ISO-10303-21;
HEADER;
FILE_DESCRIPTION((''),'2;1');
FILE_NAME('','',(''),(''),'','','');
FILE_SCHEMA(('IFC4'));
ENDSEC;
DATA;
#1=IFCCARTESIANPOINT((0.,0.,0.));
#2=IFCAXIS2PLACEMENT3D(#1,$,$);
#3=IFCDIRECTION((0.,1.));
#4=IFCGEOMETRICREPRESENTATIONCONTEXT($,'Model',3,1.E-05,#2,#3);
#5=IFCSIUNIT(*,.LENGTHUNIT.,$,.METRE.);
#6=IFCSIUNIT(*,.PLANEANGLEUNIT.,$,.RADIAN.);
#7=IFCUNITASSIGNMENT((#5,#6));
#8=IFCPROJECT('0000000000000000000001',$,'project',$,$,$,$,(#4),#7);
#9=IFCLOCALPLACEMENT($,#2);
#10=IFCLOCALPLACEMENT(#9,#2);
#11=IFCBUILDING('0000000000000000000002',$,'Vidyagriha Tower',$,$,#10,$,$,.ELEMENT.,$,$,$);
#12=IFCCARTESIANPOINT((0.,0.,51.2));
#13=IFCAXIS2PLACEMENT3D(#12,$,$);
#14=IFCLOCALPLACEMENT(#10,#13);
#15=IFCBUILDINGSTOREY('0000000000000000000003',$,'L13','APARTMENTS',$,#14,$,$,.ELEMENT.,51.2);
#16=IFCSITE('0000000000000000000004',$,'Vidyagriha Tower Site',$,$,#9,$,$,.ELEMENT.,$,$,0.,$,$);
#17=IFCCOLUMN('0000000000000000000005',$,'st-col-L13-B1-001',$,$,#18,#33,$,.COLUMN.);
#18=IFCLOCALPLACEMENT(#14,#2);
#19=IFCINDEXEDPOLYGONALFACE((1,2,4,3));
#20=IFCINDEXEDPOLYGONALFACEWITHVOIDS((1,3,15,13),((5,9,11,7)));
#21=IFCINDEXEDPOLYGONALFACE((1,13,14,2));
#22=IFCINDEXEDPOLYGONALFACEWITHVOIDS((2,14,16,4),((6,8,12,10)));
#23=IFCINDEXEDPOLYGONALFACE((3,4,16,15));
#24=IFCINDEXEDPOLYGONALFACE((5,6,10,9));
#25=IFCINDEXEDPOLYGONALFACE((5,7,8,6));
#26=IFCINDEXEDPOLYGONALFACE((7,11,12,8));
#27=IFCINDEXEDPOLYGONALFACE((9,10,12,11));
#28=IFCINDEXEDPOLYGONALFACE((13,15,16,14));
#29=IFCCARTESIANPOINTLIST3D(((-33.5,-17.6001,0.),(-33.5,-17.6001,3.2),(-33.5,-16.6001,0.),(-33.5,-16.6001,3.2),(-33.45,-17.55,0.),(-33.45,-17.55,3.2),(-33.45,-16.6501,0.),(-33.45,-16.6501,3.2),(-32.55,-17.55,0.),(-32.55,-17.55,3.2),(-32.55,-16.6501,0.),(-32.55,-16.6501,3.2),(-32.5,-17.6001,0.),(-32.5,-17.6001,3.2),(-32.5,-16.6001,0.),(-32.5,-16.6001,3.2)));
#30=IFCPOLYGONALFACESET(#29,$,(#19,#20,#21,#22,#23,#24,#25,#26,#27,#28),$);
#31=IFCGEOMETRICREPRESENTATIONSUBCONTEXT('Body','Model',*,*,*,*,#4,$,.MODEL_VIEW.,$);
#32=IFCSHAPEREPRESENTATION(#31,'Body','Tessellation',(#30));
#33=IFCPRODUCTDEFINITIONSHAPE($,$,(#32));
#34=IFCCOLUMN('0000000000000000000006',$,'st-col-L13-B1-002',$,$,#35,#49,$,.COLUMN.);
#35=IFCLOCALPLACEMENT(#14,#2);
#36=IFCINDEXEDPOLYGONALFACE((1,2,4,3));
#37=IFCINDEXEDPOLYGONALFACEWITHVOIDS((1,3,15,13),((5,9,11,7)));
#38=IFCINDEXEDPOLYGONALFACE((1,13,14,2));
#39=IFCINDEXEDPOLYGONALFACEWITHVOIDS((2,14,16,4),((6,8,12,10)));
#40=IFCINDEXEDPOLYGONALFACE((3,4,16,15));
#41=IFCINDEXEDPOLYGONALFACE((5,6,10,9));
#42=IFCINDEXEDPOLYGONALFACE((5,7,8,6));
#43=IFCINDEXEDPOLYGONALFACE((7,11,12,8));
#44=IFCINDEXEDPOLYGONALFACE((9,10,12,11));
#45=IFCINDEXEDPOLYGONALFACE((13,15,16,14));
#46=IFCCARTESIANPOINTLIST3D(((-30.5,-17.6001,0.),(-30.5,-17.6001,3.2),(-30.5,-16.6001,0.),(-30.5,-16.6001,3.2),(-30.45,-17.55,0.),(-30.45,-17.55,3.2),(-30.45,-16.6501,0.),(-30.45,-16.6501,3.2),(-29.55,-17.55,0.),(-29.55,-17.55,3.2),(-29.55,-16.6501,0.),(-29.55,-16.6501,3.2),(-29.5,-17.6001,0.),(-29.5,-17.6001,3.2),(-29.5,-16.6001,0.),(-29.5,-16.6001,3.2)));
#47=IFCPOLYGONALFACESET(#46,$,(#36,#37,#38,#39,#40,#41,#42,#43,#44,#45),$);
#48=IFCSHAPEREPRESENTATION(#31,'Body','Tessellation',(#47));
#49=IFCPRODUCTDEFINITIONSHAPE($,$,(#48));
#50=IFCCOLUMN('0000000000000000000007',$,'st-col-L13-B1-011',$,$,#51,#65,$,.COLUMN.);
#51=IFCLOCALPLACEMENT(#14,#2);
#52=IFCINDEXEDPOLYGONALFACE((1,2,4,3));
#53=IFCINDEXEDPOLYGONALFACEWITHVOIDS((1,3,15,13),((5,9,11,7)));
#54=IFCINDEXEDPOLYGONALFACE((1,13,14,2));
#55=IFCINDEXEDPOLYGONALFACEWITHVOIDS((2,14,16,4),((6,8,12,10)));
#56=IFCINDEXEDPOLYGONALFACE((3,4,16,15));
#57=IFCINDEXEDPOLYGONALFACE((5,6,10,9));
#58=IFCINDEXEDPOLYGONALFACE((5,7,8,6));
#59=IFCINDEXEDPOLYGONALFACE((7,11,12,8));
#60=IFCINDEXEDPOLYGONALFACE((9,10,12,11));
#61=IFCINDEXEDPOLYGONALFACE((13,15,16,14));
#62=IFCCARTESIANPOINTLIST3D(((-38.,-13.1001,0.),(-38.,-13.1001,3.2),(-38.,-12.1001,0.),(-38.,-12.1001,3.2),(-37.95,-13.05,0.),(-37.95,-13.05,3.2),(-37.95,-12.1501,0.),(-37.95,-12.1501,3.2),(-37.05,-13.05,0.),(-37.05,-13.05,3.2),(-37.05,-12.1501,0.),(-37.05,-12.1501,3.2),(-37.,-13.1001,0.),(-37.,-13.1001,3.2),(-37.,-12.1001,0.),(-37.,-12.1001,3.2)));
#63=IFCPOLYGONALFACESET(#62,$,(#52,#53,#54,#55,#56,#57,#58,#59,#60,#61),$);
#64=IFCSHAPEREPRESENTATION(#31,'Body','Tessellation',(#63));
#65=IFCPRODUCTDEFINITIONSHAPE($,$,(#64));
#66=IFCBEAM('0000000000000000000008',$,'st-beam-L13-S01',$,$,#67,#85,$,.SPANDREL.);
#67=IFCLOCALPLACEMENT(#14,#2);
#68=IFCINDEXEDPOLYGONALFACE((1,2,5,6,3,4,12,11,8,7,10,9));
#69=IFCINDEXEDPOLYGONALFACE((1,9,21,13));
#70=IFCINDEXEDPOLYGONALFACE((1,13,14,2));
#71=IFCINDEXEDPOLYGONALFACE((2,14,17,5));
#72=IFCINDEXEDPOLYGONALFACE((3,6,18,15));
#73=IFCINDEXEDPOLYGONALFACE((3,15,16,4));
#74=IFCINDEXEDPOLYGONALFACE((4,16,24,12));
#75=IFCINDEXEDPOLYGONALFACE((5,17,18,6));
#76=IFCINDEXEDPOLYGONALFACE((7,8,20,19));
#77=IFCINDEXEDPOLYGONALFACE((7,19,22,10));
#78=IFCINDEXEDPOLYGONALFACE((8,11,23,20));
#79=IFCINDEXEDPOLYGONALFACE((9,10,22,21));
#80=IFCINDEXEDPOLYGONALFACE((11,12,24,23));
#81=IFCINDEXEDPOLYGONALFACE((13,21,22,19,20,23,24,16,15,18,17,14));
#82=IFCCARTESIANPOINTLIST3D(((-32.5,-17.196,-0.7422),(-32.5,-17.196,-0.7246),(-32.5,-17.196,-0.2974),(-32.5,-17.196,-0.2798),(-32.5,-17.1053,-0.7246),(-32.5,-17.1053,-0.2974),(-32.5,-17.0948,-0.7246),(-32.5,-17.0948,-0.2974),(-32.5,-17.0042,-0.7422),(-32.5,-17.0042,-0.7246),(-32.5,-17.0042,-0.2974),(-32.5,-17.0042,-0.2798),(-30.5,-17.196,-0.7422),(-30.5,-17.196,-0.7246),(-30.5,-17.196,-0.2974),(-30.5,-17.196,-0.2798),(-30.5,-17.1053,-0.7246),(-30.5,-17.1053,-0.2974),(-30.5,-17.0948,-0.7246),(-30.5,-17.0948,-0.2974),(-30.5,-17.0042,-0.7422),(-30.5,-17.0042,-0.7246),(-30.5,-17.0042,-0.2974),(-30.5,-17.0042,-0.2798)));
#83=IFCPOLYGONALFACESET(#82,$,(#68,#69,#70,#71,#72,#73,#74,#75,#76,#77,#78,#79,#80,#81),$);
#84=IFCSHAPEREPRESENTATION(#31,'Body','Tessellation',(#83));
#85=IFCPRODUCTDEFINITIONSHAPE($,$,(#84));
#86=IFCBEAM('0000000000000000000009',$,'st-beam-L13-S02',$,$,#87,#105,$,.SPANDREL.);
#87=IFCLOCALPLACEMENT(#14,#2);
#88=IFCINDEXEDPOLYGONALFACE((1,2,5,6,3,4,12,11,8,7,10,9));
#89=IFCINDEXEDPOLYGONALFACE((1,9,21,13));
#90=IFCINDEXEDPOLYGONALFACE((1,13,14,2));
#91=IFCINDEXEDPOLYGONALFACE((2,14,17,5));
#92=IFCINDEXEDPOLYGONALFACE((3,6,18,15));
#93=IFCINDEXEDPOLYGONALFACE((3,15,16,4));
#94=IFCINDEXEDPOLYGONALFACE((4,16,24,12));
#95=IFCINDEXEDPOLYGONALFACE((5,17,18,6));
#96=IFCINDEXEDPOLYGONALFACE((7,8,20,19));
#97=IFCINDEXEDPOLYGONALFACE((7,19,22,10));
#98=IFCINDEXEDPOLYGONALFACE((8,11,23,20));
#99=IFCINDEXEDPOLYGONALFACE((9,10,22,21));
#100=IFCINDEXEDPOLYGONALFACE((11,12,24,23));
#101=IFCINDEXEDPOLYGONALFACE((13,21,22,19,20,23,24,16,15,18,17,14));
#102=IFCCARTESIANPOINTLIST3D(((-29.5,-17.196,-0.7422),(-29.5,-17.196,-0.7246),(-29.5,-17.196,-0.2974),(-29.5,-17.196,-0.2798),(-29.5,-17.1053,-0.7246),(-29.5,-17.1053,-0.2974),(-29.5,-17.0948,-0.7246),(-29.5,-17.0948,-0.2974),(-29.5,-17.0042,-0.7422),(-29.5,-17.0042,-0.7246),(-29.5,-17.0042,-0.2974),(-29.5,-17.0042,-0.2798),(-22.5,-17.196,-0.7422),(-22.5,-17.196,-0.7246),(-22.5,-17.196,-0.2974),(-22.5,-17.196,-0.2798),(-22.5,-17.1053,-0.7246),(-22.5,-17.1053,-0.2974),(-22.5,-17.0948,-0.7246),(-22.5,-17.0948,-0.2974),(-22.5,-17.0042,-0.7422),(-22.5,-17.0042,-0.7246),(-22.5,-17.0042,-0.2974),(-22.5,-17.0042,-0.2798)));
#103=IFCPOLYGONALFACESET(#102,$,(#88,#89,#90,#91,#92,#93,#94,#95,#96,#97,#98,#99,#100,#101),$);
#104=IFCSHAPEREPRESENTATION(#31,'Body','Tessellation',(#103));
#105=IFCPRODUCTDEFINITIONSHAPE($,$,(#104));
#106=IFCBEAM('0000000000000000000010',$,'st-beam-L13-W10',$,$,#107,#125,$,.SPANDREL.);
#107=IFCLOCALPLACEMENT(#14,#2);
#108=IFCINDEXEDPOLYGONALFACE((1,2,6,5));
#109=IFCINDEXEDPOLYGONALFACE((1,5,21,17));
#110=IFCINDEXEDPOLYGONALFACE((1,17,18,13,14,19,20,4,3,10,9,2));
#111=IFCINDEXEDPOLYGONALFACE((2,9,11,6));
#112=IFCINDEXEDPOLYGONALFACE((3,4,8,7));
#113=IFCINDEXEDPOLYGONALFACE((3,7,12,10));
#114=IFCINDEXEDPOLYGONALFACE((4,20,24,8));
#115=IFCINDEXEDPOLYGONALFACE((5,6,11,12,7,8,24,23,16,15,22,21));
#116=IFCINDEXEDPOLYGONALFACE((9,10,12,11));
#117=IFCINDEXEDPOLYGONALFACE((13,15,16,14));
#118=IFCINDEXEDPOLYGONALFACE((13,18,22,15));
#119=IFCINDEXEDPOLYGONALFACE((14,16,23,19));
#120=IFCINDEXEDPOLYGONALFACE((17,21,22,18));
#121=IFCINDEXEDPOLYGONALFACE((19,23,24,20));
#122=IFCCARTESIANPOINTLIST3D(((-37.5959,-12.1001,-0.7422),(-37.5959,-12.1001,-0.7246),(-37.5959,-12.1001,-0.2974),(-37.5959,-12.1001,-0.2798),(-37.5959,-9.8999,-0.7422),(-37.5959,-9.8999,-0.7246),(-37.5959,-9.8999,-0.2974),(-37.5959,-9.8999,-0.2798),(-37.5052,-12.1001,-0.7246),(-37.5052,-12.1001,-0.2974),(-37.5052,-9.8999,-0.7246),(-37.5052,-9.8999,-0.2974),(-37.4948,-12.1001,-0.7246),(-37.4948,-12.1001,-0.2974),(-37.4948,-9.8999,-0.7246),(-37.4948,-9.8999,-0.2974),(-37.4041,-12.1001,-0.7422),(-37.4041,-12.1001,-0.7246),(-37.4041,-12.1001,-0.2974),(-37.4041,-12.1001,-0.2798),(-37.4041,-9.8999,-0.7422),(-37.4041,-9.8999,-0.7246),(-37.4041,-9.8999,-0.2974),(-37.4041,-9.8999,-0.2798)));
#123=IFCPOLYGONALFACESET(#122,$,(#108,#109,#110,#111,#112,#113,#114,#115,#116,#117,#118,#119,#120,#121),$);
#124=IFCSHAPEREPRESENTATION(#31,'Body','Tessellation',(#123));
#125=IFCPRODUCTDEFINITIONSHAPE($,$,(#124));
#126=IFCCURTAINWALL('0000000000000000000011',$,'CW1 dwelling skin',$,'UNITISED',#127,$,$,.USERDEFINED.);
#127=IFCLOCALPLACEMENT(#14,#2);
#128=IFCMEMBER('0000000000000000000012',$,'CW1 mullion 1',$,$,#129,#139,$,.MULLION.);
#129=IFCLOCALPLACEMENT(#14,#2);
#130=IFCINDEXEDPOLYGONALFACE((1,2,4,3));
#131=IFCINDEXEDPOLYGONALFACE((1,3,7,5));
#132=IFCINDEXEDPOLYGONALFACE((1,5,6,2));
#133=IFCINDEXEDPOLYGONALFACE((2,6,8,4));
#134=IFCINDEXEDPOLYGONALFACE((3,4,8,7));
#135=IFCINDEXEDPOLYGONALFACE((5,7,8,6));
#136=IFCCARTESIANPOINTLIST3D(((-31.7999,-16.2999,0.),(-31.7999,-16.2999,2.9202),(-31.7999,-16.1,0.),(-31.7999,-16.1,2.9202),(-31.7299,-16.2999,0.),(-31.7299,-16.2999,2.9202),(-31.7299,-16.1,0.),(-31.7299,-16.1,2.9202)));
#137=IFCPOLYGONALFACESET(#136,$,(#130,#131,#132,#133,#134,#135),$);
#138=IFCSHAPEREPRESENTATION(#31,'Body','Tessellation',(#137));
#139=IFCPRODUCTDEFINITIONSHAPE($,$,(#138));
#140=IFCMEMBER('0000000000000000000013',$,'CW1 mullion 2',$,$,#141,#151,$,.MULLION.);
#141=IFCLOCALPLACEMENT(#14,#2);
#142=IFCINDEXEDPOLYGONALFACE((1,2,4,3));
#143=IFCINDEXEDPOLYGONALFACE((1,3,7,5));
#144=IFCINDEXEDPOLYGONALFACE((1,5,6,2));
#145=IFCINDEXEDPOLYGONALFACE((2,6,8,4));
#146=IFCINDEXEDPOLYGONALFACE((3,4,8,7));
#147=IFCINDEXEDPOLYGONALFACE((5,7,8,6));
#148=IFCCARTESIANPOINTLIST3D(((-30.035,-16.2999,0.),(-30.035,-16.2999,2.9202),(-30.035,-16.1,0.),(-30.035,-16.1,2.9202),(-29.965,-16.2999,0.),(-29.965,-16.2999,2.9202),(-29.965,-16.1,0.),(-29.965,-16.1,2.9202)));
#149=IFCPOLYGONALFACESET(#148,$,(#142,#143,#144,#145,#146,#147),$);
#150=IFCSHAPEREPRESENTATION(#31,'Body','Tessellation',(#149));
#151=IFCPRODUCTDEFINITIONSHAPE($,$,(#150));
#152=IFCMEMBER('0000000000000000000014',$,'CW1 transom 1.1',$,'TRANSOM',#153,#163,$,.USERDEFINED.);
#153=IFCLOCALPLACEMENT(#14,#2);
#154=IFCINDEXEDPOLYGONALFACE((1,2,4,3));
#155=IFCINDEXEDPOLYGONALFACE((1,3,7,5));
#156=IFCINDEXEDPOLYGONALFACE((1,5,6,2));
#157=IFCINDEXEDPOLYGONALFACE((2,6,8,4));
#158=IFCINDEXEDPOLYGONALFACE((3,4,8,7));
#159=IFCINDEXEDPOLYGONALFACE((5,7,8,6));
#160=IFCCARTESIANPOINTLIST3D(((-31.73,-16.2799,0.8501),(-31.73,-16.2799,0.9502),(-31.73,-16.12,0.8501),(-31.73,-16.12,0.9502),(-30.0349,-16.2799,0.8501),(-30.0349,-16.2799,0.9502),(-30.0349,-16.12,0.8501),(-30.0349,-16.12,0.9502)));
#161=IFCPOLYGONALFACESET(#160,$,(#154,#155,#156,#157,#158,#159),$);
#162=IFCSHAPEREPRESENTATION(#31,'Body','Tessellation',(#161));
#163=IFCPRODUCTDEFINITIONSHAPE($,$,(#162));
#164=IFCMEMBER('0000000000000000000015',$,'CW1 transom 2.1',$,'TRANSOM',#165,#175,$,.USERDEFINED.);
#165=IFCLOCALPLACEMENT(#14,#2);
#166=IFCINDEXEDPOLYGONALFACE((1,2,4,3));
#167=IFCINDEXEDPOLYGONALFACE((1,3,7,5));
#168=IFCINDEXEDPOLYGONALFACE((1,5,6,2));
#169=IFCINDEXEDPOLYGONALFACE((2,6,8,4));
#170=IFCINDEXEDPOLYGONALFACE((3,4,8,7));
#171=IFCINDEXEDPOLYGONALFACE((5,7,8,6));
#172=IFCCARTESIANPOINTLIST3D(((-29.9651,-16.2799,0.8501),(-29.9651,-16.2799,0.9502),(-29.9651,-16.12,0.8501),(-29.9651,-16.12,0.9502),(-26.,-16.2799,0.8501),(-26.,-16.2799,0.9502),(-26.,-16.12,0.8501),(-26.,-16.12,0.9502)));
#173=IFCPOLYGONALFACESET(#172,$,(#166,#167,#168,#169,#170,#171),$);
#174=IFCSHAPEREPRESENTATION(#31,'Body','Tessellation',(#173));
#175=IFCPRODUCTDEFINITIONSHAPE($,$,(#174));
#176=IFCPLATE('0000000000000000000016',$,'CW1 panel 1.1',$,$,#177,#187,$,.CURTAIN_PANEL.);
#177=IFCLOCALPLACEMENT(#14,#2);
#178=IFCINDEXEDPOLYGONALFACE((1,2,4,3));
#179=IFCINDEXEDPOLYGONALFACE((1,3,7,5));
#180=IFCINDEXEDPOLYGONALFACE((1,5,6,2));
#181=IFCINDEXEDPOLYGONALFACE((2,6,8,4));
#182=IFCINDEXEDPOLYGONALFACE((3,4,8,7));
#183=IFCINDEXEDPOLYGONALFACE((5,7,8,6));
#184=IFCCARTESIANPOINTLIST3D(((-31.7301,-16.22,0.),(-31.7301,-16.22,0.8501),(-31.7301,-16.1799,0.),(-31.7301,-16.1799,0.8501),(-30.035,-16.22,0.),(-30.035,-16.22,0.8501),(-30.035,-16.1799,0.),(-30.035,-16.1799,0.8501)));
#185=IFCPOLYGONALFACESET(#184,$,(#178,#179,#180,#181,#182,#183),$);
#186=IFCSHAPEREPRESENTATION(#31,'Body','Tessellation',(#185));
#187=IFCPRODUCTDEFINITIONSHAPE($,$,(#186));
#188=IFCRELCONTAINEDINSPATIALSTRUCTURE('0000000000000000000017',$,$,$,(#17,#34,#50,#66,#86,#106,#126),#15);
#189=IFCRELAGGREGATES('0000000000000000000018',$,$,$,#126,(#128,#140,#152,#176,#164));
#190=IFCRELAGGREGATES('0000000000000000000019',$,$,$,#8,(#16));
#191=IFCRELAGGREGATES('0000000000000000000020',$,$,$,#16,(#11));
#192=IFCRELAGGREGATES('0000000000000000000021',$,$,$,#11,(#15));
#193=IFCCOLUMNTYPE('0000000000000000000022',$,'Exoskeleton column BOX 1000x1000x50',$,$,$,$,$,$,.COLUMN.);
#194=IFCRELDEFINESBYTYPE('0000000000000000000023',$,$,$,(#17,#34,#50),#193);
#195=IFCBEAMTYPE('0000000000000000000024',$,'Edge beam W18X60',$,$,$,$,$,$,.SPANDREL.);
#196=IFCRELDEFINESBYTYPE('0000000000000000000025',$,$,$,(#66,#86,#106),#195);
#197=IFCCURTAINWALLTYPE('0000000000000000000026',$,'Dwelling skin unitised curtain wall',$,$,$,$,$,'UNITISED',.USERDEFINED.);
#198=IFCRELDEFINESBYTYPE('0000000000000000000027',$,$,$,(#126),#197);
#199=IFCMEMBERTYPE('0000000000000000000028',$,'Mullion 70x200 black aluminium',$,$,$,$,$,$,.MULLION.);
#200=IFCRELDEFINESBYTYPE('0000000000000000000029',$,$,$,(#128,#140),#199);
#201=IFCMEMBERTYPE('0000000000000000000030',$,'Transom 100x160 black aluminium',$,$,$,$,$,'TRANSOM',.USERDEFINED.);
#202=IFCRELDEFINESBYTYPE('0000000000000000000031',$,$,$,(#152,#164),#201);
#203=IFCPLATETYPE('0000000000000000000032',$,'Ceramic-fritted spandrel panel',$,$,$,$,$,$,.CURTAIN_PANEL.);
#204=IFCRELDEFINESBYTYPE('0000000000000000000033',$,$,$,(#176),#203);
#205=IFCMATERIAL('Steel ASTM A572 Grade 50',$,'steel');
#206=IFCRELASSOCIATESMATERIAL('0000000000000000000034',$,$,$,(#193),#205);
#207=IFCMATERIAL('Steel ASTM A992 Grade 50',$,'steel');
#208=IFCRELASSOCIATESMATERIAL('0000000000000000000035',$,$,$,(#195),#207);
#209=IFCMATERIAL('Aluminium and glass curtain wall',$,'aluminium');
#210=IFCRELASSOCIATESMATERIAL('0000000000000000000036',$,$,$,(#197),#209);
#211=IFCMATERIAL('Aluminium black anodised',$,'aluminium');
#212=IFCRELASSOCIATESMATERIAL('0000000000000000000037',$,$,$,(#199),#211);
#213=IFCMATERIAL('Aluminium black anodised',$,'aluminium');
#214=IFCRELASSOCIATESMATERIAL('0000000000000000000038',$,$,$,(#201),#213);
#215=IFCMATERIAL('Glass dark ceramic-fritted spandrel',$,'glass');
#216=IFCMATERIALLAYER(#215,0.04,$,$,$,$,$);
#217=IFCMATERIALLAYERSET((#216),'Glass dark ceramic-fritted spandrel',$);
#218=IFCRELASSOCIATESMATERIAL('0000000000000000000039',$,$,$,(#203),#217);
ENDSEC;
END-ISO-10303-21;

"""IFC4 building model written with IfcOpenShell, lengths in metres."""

from ifc_helpers import new_model, si_unit, direction, frame, origin, origin_2d, place, context, subcontext, project, spatial, rectangle, hollow_rectangle, i_section, extrude, material, layer, layer_set, material_profile, profile_set, type_object, element, aggregate, save


model = new_model("IFC4")

# Units and contexts
model_context = context("Model", 3, precision=1e-05, world=origin(), true_north=direction((0.0, 1.0)))
body_context = subcontext(model_context, "Body", "Model", "MODEL_VIEW")
ifc_project = project(units=[si_unit("LENGTHUNIT", "METRE"), si_unit("PLANEANGLEUNIT", "RADIAN")], contexts=[model_context])

# Site, building, storey
site_placement = place(None, origin())
site = spatial("IfcSite", under=ifc_project, at=site_placement, Name="Vidyagriha Tower Site", CompositionType="ELEMENT", RefElevation=0.0)
building_placement = place(site_placement, origin())
building = spatial("IfcBuilding", under=site, at=building_placement, Name="Vidyagriha Tower", CompositionType="ELEMENT")
storey_placement = place(building_placement, frame((0.0, 0.0, 51.2)))
storey = spatial("IfcBuildingStorey", under=building, at=storey_placement, Name="L13", Description="APARTMENTS", CompositionType="ELEMENT", Elevation=51.2)

# Columns
ifc_material_1 = material(Name="Steel ASTM A572 Grade 50", Category="steel")
ifc_material_profile_1 = material_profile(ifc_material_1, hollow_rectangle(XDim=1.0, YDim=1.0, WallThickness=0.05, at=origin_2d()), Name="BOX 1000x1000x50")
ifc_profile_set_1 = profile_set([ifc_material_profile_1], Name="Steel ASTM A572 Grade 50")
column_type = type_object("IfcColumnType", Name="Exoskeleton column BOX 1000x1000x50", PredefinedType="COLUMN", material=ifc_profile_set_1)
for number, where, name in (
    (1, (-33.0, -17.1001, 0.0), "st-col-L13-B1-001"),
    (2, (-30.0, -17.1001, 0.0), "st-col-L13-B1-002"),
    (3, (-37.5, -12.6001, 0.0), "st-col-L13-B1-011"),
):
    element("IfcColumn", number, at=place(storey_placement, frame(where)), inside=storey, type_object=column_type, Name=name, PredefinedType="COLUMN", context=body_context, shape_type="SweptSolid", body=[
        extrude(hollow_rectangle(XDim=1.0, YDim=1.0, WallThickness=0.05, at=origin_2d()), origin(), (0.0, 0.0, 1.0), 3.2),
    ])

# Beams
ifc_material_2 = material(Name="Steel ASTM A992 Grade 50", Category="steel")
ifc_material_profile_2 = material_profile(ifc_material_2, i_section(OverallWidth=0.1919, OverallDepth=0.4624, WebThickness=0.0105, FlangeThickness=0.0176, at=origin_2d()), Name="W18X60")
ifc_profile_set_2 = profile_set([ifc_material_profile_2], Name="Steel ASTM A992 Grade 50")
beam_type = type_object("IfcBeamType", Name="Edge beam W18X60", PredefinedType="SPANDREL", material=ifc_profile_set_2)
beam_1_placement = place(storey_placement, frame((-32.5, -17.1001, -0.511), z_axis=(1.0, 0.0, 0.0), x_axis=(0.0, 1.0, 0.0)))
element("IfcBeam", 4, at=beam_1_placement, inside=storey, type_object=beam_type, Name="st-beam-L13-S01", PredefinedType="SPANDREL", context=body_context, shape_type="SweptSolid", body=[
    extrude(i_section(OverallWidth=0.1919, OverallDepth=0.4624, WebThickness=0.0105, FlangeThickness=0.0176, at=origin_2d()), origin(), (0.0, 0.0, 1.0), 2.0),
])
beam_2_placement = place(storey_placement, frame((-29.5, -17.1001, -0.511), z_axis=(1.0, 0.0, 0.0), x_axis=(0.0, 1.0, 0.0)))
element("IfcBeam", 5, at=beam_2_placement, inside=storey, type_object=beam_type, Name="st-beam-L13-S02", PredefinedType="SPANDREL", context=body_context, shape_type="SweptSolid", body=[
    extrude(i_section(OverallWidth=0.1919, OverallDepth=0.4624, WebThickness=0.0105, FlangeThickness=0.0176, at=origin_2d()), origin(), (0.0, 0.0, 1.0), 7.0),
])
beam_3_placement = place(storey_placement, frame((-37.5, -12.1001, -0.511), z_axis=(0.0, 1.0, 0.0), x_axis=(-1.0, 0.0, 0.0)))
element("IfcBeam", 6, at=beam_3_placement, inside=storey, type_object=beam_type, Name="st-beam-L13-W10", PredefinedType="SPANDREL", context=body_context, shape_type="SweptSolid", body=[
    extrude(i_section(OverallWidth=0.1919, OverallDepth=0.4624, WebThickness=0.0105, FlangeThickness=0.0176, at=origin_2d()), origin(), (0.0, 0.0, 1.0), 2.2002),
])

# Curtain wall, members, plate
ifc_material_3 = material(Name="Aluminium and glass curtain wall", Category="aluminium")
curtain_wall_type = type_object("IfcCurtainWallType", Name="Dwelling skin unitised curtain wall", ElementType="UNITISED", PredefinedType="USERDEFINED", material=ifc_material_3)
curtain_wall_placement = place(storey_placement, origin())
curtain_wall = element("IfcCurtainWall", 7, at=curtain_wall_placement, inside=storey, type_object=curtain_wall_type, Name="CW1 dwelling skin", ObjectType="UNITISED", PredefinedType="USERDEFINED")
ifc_material_4 = material(Name="Aluminium black anodised", Category="aluminium")
ifc_material_profile_3 = material_profile(ifc_material_4, rectangle(XDim=0.2, YDim=0.0701, at=origin_2d()), Name="Mullion 70x200 black aluminium")
ifc_profile_set_3 = profile_set([ifc_material_profile_3], Name="Aluminium black anodised")
member_type_1 = type_object("IfcMemberType", Name="Mullion 70x200 black aluminium", PredefinedType="MULLION", material=ifc_profile_set_3)
member_1_placement = place(storey_placement, frame((-31.7649, -16.2, 0.0), z_axis=(0.0, 0.0, 1.0), x_axis=(0.0, 1.0, 0.0)))
member_1 = element("IfcMember", 8, at=member_1_placement, type_object=member_type_1, Name="CW1 mullion 1", PredefinedType="MULLION", context=body_context, shape_type="SweptSolid", body=[
    extrude(rectangle(XDim=0.2, YDim=0.0701, at=origin_2d()), origin(), (0.0, 0.0, 1.0), 2.9202),
])
member_2_placement = place(storey_placement, frame((-30.0, -16.2, 0.0), z_axis=(0.0, 0.0, 1.0), x_axis=(0.0, 1.0, 0.0)))
member_2 = element("IfcMember", 9, at=member_2_placement, type_object=member_type_1, Name="CW1 mullion 2", PredefinedType="MULLION", context=body_context, shape_type="SweptSolid", body=[
    extrude(rectangle(XDim=0.2, YDim=0.0701, at=origin_2d()), origin(), (0.0, 0.0, 1.0), 2.9202),
])
ifc_material_5 = material(Name="Aluminium black anodised", Category="aluminium")
ifc_material_profile_4 = material_profile(ifc_material_5, rectangle(XDim=0.1599, YDim=0.1001, at=origin_2d()), Name="Transom 100x160 black aluminium")
ifc_profile_set_4 = profile_set([ifc_material_profile_4], Name="Aluminium black anodised")
member_type_2 = type_object("IfcMemberType", Name="Transom 100x160 black aluminium", ElementType="TRANSOM", PredefinedType="USERDEFINED", material=ifc_profile_set_4)
member_3_placement = place(storey_placement, frame((-31.73, -16.2, 0.9001), z_axis=(1.0, 0.0, 0.0), x_axis=(0.0, 1.0, 0.0)))
member_3 = element("IfcMember", 10, at=member_3_placement, type_object=member_type_2, Name="CW1 transom 1.1", ObjectType="TRANSOM", PredefinedType="USERDEFINED", context=body_context, shape_type="SweptSolid", body=[
    extrude(rectangle(XDim=0.1599, YDim=0.1001, at=origin_2d()), origin(), (0.0, 0.0, 1.0), 1.6951),
])
member_4_placement = place(storey_placement, frame((-29.9651, -16.2, 0.9001), z_axis=(1.0, 0.0, 0.0), x_axis=(0.0, 1.0, 0.0)))
member_4 = element("IfcMember", 11, at=member_4_placement, type_object=member_type_2, Name="CW1 transom 2.1", ObjectType="TRANSOM", PredefinedType="USERDEFINED", context=body_context, shape_type="SweptSolid", body=[
    extrude(rectangle(XDim=0.1599, YDim=0.1001, at=origin_2d()), origin(), (0.0, 0.0, 1.0), 3.9651),
])
ifc_material_6 = material(Name="Glass dark ceramic-fritted spandrel", Category="glass")
ifc_layer_1 = layer(ifc_material_6, 0.04)
ifc_layer_set_1 = layer_set([ifc_layer_1], Name="Glass dark ceramic-fritted spandrel")
plate_type_1 = type_object("IfcPlateType", Name="Ceramic-fritted spandrel panel", PredefinedType="CURTAIN_PANEL", material=ifc_layer_set_1)
plate_1_placement = place(storey_placement, frame((-30.8826, -16.2, 0.0)))
plate_1 = element("IfcPlate", 12, at=plate_1_placement, type_object=plate_type_1, Name="CW1 panel 1.1", PredefinedType="CURTAIN_PANEL", context=body_context, shape_type="SweptSolid", body=[
    extrude(rectangle(XDim=1.6951, YDim=0.04, at=origin_2d()), origin(), (0.0, 0.0, 1.0), 0.8501),
])
aggregate(curtain_wall, [member_1, member_2, member_3, plate_1, member_4])

save(model, "model.ifc")
